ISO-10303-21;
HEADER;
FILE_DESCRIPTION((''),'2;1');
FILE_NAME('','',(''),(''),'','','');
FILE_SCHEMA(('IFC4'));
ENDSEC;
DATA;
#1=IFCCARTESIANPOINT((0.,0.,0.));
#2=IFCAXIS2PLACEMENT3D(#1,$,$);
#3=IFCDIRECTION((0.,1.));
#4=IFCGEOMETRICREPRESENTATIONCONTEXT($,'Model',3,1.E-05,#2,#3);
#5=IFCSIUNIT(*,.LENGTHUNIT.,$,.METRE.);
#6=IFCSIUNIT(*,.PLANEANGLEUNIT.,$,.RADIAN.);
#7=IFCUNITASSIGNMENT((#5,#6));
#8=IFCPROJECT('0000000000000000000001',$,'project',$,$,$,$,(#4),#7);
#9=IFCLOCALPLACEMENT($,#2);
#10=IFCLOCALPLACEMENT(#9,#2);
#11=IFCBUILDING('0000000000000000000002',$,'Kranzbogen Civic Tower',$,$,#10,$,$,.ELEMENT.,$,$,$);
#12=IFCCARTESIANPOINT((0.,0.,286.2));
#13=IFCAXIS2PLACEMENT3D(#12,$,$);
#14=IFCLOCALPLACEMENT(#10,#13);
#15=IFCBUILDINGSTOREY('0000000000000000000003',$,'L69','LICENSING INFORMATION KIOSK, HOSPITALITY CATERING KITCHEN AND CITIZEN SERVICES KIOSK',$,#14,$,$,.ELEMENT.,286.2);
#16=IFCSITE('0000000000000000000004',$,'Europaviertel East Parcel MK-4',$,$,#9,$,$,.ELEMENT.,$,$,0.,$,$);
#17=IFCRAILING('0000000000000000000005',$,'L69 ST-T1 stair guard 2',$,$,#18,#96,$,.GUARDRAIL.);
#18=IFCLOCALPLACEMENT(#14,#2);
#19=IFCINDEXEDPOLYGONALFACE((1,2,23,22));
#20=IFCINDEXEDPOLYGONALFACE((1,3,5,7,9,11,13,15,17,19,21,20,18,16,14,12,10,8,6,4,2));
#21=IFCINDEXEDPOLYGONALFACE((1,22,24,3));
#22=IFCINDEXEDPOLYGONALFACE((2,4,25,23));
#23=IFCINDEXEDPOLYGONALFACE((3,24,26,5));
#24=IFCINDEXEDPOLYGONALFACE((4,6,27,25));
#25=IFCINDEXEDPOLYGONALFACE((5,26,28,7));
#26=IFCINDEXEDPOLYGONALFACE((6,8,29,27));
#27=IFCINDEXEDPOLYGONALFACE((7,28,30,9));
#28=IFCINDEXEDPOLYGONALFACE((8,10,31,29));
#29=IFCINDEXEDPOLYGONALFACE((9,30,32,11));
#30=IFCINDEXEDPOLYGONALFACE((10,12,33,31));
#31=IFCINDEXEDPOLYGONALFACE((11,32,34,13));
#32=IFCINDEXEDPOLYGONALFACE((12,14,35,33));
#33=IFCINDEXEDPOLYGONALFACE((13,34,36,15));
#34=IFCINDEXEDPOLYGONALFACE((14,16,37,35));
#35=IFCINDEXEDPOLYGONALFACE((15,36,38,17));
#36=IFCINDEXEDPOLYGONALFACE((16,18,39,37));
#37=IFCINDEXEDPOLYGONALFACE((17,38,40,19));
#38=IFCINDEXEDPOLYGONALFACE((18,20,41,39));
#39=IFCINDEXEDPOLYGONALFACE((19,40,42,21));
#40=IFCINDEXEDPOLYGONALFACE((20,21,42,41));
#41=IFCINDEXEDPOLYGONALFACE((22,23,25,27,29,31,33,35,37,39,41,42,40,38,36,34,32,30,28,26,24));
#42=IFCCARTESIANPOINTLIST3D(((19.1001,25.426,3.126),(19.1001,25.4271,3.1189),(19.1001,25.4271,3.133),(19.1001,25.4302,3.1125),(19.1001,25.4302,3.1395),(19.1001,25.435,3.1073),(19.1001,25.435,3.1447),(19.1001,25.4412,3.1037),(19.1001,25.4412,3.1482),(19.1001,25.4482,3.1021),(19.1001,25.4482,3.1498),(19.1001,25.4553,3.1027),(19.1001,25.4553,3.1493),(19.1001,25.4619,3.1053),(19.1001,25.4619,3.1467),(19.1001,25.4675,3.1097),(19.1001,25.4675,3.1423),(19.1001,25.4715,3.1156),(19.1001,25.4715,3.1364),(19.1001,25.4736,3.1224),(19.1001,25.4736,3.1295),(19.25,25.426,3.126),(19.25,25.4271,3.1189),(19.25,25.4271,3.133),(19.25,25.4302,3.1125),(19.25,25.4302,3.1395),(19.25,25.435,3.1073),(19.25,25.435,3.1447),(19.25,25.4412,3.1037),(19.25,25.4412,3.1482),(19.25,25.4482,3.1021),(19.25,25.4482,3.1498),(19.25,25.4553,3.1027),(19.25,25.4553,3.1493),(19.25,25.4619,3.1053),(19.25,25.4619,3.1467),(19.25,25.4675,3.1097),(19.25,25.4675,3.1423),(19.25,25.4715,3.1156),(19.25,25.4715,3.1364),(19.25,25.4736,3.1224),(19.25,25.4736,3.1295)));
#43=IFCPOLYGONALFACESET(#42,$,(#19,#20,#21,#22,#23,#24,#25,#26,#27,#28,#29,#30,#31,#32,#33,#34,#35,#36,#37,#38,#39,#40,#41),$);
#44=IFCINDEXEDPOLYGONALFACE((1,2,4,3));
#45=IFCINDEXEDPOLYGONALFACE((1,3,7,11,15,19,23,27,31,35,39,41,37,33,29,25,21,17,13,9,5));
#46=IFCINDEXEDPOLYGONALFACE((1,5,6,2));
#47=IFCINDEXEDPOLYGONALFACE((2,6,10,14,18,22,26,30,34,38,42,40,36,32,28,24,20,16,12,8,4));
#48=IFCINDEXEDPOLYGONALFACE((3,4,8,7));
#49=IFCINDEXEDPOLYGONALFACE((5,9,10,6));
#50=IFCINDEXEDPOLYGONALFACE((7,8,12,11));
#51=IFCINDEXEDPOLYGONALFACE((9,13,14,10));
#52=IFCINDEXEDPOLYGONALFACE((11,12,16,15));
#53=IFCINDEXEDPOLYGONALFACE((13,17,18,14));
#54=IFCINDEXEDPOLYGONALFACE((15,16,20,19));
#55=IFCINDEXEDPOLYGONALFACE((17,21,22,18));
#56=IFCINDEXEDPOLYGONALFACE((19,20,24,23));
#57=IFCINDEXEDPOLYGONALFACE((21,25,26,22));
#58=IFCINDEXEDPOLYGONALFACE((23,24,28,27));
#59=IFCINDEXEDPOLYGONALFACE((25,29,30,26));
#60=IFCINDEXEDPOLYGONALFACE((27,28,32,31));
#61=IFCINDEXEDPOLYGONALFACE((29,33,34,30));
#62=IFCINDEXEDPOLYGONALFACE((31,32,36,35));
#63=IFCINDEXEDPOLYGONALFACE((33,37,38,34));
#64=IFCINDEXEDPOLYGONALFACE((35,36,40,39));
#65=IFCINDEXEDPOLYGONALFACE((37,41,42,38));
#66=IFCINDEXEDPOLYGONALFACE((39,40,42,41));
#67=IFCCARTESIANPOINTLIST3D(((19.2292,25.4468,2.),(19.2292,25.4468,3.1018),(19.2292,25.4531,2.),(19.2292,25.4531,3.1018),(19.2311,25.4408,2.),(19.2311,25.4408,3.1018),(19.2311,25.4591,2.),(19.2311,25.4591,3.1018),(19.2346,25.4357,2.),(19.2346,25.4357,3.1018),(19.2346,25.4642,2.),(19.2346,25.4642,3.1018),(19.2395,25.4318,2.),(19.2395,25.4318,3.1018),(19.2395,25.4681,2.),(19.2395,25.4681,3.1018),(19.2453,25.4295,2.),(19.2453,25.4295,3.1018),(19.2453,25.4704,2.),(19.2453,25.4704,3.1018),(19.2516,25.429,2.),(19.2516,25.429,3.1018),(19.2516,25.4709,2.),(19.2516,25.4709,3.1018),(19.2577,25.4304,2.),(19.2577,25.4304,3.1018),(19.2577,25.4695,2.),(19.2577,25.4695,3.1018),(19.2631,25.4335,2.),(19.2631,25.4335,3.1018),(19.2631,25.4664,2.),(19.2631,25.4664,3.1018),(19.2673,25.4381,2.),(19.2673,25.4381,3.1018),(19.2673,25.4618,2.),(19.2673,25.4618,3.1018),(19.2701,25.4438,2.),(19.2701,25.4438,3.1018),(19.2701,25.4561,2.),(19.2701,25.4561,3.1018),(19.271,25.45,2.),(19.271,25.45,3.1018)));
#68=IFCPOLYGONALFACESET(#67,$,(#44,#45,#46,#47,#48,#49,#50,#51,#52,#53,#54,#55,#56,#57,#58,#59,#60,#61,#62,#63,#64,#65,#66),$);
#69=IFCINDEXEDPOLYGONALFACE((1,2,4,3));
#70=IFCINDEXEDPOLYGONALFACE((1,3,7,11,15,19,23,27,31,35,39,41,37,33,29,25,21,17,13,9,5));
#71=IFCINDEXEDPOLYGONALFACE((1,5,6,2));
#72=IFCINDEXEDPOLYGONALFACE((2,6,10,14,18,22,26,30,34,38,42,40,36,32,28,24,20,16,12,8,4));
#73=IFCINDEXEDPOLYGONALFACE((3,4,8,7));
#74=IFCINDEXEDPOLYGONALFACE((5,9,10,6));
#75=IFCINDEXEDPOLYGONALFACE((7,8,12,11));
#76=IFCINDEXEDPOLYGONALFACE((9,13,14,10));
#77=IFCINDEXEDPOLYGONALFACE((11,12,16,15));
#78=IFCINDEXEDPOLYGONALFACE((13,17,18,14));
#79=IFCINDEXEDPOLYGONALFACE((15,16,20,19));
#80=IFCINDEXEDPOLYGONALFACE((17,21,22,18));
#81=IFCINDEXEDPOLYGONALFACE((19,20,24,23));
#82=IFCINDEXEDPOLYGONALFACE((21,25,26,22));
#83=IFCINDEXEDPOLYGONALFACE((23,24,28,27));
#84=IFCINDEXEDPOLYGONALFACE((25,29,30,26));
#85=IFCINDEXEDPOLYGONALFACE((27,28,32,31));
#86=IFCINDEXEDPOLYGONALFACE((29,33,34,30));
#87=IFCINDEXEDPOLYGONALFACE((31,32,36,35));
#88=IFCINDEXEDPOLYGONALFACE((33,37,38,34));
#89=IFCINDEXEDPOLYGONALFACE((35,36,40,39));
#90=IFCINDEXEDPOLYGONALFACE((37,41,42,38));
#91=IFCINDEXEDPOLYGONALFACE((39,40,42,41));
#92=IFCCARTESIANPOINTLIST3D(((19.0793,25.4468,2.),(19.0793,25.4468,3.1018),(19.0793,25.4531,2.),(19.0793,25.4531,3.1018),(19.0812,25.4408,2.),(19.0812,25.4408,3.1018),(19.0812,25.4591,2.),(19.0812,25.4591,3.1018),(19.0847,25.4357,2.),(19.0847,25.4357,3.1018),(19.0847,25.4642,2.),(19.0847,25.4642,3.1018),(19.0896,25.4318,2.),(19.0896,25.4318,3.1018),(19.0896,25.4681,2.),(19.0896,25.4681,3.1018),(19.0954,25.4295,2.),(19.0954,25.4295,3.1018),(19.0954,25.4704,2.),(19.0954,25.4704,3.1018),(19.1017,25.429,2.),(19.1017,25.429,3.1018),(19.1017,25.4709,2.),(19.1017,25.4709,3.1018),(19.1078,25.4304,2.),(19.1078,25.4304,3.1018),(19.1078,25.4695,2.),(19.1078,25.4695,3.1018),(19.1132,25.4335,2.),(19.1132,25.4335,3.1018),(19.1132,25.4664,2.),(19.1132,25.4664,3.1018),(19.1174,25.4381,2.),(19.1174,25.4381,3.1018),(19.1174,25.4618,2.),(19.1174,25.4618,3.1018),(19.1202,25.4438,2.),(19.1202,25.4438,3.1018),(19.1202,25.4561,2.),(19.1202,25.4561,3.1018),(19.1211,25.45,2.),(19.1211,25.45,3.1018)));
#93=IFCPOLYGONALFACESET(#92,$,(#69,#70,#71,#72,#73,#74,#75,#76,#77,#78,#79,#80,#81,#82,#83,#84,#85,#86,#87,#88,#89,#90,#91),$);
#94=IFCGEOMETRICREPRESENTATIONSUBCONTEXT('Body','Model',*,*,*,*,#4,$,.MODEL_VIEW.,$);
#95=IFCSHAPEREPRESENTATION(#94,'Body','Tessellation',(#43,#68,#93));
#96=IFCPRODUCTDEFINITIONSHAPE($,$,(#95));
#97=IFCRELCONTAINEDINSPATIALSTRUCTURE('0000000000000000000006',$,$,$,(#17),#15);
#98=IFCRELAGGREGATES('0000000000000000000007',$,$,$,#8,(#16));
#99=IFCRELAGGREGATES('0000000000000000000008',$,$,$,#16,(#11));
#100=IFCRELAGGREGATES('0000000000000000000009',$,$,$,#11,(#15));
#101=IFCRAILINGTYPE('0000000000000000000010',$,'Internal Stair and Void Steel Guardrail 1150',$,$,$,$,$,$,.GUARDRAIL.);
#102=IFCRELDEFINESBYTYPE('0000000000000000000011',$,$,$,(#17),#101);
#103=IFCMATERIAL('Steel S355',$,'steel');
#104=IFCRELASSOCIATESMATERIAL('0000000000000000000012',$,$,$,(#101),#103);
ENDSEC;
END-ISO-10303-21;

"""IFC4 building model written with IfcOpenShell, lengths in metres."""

from ifc_helpers import new_model, si_unit, direction, frame, origin, origin_2d, place, context, subcontext, project, spatial, circle, extrude, material, type_object, element, save


model = new_model("IFC4")

# Units and contexts
model_context = context("Model", 3, precision=1e-05, world=origin(), true_north=direction((0.0, 1.0)))
body_context = subcontext(model_context, "Body", "Model", "MODEL_VIEW")
ifc_project = project(units=[si_unit("LENGTHUNIT", "METRE"), si_unit("PLANEANGLEUNIT", "RADIAN")], contexts=[model_context])

# Site, building, storey
site_placement = place(None, origin())
site = spatial("IfcSite", under=ifc_project, at=site_placement, Name="Europaviertel East Parcel MK-4", CompositionType="ELEMENT", RefElevation=0.0)
building_placement = place(site_placement, origin())
building = spatial("IfcBuilding", under=site, at=building_placement, Name="Kranzbogen Civic Tower", CompositionType="ELEMENT")
storey_placement = place(building_placement, frame((0.0, 0.0, 286.2)))
storey = spatial("IfcBuildingStorey", under=building, at=storey_placement, Name="L69", Description="LICENSING INFORMATION KIOSK, HOSPITALITY CATERING KITCHEN AND CITIZEN SERVICES KIOSK", CompositionType="ELEMENT", Elevation=286.2)

# Shared definitions
ifc_material_1 = material(Name="Steel S355", Category="steel")

# Railing
railing_type_1 = type_object("IfcRailingType", Name="Internal Stair and Void Steel Guardrail 1150", PredefinedType="GUARDRAIL", material=ifc_material_1)
railing_1_placement = place(storey_placement, frame((19.25, 25.45, 2.0)))
element("IfcRailing", 1, at=railing_1_placement, inside=storey, type_object=railing_type_1, Name="L69 ST-T1 stair guard 2", PredefinedType="GUARDRAIL", context=body_context, shape_type="SweptSolid", body=[
    extrude(circle(Radius=0.0239, at=origin_2d()), frame((0.0, 0.0, 1.126), z_axis=(-1.0, 0.0, 0.0), x_axis=(0.0, -1.0, 0.0)), (0.0, 0.0, 1.0), 0.1499),
    extrude(circle(Radius=0.021, at=origin_2d()), origin(), (0.0, 0.0, 1.0), 1.1018),
    extrude(circle(Radius=0.021, at=origin_2d()), frame((-0.1499, 0.0, 0.0)), (0.0, 0.0, 1.0), 1.1018),
])

save(model, "model.ifc")
